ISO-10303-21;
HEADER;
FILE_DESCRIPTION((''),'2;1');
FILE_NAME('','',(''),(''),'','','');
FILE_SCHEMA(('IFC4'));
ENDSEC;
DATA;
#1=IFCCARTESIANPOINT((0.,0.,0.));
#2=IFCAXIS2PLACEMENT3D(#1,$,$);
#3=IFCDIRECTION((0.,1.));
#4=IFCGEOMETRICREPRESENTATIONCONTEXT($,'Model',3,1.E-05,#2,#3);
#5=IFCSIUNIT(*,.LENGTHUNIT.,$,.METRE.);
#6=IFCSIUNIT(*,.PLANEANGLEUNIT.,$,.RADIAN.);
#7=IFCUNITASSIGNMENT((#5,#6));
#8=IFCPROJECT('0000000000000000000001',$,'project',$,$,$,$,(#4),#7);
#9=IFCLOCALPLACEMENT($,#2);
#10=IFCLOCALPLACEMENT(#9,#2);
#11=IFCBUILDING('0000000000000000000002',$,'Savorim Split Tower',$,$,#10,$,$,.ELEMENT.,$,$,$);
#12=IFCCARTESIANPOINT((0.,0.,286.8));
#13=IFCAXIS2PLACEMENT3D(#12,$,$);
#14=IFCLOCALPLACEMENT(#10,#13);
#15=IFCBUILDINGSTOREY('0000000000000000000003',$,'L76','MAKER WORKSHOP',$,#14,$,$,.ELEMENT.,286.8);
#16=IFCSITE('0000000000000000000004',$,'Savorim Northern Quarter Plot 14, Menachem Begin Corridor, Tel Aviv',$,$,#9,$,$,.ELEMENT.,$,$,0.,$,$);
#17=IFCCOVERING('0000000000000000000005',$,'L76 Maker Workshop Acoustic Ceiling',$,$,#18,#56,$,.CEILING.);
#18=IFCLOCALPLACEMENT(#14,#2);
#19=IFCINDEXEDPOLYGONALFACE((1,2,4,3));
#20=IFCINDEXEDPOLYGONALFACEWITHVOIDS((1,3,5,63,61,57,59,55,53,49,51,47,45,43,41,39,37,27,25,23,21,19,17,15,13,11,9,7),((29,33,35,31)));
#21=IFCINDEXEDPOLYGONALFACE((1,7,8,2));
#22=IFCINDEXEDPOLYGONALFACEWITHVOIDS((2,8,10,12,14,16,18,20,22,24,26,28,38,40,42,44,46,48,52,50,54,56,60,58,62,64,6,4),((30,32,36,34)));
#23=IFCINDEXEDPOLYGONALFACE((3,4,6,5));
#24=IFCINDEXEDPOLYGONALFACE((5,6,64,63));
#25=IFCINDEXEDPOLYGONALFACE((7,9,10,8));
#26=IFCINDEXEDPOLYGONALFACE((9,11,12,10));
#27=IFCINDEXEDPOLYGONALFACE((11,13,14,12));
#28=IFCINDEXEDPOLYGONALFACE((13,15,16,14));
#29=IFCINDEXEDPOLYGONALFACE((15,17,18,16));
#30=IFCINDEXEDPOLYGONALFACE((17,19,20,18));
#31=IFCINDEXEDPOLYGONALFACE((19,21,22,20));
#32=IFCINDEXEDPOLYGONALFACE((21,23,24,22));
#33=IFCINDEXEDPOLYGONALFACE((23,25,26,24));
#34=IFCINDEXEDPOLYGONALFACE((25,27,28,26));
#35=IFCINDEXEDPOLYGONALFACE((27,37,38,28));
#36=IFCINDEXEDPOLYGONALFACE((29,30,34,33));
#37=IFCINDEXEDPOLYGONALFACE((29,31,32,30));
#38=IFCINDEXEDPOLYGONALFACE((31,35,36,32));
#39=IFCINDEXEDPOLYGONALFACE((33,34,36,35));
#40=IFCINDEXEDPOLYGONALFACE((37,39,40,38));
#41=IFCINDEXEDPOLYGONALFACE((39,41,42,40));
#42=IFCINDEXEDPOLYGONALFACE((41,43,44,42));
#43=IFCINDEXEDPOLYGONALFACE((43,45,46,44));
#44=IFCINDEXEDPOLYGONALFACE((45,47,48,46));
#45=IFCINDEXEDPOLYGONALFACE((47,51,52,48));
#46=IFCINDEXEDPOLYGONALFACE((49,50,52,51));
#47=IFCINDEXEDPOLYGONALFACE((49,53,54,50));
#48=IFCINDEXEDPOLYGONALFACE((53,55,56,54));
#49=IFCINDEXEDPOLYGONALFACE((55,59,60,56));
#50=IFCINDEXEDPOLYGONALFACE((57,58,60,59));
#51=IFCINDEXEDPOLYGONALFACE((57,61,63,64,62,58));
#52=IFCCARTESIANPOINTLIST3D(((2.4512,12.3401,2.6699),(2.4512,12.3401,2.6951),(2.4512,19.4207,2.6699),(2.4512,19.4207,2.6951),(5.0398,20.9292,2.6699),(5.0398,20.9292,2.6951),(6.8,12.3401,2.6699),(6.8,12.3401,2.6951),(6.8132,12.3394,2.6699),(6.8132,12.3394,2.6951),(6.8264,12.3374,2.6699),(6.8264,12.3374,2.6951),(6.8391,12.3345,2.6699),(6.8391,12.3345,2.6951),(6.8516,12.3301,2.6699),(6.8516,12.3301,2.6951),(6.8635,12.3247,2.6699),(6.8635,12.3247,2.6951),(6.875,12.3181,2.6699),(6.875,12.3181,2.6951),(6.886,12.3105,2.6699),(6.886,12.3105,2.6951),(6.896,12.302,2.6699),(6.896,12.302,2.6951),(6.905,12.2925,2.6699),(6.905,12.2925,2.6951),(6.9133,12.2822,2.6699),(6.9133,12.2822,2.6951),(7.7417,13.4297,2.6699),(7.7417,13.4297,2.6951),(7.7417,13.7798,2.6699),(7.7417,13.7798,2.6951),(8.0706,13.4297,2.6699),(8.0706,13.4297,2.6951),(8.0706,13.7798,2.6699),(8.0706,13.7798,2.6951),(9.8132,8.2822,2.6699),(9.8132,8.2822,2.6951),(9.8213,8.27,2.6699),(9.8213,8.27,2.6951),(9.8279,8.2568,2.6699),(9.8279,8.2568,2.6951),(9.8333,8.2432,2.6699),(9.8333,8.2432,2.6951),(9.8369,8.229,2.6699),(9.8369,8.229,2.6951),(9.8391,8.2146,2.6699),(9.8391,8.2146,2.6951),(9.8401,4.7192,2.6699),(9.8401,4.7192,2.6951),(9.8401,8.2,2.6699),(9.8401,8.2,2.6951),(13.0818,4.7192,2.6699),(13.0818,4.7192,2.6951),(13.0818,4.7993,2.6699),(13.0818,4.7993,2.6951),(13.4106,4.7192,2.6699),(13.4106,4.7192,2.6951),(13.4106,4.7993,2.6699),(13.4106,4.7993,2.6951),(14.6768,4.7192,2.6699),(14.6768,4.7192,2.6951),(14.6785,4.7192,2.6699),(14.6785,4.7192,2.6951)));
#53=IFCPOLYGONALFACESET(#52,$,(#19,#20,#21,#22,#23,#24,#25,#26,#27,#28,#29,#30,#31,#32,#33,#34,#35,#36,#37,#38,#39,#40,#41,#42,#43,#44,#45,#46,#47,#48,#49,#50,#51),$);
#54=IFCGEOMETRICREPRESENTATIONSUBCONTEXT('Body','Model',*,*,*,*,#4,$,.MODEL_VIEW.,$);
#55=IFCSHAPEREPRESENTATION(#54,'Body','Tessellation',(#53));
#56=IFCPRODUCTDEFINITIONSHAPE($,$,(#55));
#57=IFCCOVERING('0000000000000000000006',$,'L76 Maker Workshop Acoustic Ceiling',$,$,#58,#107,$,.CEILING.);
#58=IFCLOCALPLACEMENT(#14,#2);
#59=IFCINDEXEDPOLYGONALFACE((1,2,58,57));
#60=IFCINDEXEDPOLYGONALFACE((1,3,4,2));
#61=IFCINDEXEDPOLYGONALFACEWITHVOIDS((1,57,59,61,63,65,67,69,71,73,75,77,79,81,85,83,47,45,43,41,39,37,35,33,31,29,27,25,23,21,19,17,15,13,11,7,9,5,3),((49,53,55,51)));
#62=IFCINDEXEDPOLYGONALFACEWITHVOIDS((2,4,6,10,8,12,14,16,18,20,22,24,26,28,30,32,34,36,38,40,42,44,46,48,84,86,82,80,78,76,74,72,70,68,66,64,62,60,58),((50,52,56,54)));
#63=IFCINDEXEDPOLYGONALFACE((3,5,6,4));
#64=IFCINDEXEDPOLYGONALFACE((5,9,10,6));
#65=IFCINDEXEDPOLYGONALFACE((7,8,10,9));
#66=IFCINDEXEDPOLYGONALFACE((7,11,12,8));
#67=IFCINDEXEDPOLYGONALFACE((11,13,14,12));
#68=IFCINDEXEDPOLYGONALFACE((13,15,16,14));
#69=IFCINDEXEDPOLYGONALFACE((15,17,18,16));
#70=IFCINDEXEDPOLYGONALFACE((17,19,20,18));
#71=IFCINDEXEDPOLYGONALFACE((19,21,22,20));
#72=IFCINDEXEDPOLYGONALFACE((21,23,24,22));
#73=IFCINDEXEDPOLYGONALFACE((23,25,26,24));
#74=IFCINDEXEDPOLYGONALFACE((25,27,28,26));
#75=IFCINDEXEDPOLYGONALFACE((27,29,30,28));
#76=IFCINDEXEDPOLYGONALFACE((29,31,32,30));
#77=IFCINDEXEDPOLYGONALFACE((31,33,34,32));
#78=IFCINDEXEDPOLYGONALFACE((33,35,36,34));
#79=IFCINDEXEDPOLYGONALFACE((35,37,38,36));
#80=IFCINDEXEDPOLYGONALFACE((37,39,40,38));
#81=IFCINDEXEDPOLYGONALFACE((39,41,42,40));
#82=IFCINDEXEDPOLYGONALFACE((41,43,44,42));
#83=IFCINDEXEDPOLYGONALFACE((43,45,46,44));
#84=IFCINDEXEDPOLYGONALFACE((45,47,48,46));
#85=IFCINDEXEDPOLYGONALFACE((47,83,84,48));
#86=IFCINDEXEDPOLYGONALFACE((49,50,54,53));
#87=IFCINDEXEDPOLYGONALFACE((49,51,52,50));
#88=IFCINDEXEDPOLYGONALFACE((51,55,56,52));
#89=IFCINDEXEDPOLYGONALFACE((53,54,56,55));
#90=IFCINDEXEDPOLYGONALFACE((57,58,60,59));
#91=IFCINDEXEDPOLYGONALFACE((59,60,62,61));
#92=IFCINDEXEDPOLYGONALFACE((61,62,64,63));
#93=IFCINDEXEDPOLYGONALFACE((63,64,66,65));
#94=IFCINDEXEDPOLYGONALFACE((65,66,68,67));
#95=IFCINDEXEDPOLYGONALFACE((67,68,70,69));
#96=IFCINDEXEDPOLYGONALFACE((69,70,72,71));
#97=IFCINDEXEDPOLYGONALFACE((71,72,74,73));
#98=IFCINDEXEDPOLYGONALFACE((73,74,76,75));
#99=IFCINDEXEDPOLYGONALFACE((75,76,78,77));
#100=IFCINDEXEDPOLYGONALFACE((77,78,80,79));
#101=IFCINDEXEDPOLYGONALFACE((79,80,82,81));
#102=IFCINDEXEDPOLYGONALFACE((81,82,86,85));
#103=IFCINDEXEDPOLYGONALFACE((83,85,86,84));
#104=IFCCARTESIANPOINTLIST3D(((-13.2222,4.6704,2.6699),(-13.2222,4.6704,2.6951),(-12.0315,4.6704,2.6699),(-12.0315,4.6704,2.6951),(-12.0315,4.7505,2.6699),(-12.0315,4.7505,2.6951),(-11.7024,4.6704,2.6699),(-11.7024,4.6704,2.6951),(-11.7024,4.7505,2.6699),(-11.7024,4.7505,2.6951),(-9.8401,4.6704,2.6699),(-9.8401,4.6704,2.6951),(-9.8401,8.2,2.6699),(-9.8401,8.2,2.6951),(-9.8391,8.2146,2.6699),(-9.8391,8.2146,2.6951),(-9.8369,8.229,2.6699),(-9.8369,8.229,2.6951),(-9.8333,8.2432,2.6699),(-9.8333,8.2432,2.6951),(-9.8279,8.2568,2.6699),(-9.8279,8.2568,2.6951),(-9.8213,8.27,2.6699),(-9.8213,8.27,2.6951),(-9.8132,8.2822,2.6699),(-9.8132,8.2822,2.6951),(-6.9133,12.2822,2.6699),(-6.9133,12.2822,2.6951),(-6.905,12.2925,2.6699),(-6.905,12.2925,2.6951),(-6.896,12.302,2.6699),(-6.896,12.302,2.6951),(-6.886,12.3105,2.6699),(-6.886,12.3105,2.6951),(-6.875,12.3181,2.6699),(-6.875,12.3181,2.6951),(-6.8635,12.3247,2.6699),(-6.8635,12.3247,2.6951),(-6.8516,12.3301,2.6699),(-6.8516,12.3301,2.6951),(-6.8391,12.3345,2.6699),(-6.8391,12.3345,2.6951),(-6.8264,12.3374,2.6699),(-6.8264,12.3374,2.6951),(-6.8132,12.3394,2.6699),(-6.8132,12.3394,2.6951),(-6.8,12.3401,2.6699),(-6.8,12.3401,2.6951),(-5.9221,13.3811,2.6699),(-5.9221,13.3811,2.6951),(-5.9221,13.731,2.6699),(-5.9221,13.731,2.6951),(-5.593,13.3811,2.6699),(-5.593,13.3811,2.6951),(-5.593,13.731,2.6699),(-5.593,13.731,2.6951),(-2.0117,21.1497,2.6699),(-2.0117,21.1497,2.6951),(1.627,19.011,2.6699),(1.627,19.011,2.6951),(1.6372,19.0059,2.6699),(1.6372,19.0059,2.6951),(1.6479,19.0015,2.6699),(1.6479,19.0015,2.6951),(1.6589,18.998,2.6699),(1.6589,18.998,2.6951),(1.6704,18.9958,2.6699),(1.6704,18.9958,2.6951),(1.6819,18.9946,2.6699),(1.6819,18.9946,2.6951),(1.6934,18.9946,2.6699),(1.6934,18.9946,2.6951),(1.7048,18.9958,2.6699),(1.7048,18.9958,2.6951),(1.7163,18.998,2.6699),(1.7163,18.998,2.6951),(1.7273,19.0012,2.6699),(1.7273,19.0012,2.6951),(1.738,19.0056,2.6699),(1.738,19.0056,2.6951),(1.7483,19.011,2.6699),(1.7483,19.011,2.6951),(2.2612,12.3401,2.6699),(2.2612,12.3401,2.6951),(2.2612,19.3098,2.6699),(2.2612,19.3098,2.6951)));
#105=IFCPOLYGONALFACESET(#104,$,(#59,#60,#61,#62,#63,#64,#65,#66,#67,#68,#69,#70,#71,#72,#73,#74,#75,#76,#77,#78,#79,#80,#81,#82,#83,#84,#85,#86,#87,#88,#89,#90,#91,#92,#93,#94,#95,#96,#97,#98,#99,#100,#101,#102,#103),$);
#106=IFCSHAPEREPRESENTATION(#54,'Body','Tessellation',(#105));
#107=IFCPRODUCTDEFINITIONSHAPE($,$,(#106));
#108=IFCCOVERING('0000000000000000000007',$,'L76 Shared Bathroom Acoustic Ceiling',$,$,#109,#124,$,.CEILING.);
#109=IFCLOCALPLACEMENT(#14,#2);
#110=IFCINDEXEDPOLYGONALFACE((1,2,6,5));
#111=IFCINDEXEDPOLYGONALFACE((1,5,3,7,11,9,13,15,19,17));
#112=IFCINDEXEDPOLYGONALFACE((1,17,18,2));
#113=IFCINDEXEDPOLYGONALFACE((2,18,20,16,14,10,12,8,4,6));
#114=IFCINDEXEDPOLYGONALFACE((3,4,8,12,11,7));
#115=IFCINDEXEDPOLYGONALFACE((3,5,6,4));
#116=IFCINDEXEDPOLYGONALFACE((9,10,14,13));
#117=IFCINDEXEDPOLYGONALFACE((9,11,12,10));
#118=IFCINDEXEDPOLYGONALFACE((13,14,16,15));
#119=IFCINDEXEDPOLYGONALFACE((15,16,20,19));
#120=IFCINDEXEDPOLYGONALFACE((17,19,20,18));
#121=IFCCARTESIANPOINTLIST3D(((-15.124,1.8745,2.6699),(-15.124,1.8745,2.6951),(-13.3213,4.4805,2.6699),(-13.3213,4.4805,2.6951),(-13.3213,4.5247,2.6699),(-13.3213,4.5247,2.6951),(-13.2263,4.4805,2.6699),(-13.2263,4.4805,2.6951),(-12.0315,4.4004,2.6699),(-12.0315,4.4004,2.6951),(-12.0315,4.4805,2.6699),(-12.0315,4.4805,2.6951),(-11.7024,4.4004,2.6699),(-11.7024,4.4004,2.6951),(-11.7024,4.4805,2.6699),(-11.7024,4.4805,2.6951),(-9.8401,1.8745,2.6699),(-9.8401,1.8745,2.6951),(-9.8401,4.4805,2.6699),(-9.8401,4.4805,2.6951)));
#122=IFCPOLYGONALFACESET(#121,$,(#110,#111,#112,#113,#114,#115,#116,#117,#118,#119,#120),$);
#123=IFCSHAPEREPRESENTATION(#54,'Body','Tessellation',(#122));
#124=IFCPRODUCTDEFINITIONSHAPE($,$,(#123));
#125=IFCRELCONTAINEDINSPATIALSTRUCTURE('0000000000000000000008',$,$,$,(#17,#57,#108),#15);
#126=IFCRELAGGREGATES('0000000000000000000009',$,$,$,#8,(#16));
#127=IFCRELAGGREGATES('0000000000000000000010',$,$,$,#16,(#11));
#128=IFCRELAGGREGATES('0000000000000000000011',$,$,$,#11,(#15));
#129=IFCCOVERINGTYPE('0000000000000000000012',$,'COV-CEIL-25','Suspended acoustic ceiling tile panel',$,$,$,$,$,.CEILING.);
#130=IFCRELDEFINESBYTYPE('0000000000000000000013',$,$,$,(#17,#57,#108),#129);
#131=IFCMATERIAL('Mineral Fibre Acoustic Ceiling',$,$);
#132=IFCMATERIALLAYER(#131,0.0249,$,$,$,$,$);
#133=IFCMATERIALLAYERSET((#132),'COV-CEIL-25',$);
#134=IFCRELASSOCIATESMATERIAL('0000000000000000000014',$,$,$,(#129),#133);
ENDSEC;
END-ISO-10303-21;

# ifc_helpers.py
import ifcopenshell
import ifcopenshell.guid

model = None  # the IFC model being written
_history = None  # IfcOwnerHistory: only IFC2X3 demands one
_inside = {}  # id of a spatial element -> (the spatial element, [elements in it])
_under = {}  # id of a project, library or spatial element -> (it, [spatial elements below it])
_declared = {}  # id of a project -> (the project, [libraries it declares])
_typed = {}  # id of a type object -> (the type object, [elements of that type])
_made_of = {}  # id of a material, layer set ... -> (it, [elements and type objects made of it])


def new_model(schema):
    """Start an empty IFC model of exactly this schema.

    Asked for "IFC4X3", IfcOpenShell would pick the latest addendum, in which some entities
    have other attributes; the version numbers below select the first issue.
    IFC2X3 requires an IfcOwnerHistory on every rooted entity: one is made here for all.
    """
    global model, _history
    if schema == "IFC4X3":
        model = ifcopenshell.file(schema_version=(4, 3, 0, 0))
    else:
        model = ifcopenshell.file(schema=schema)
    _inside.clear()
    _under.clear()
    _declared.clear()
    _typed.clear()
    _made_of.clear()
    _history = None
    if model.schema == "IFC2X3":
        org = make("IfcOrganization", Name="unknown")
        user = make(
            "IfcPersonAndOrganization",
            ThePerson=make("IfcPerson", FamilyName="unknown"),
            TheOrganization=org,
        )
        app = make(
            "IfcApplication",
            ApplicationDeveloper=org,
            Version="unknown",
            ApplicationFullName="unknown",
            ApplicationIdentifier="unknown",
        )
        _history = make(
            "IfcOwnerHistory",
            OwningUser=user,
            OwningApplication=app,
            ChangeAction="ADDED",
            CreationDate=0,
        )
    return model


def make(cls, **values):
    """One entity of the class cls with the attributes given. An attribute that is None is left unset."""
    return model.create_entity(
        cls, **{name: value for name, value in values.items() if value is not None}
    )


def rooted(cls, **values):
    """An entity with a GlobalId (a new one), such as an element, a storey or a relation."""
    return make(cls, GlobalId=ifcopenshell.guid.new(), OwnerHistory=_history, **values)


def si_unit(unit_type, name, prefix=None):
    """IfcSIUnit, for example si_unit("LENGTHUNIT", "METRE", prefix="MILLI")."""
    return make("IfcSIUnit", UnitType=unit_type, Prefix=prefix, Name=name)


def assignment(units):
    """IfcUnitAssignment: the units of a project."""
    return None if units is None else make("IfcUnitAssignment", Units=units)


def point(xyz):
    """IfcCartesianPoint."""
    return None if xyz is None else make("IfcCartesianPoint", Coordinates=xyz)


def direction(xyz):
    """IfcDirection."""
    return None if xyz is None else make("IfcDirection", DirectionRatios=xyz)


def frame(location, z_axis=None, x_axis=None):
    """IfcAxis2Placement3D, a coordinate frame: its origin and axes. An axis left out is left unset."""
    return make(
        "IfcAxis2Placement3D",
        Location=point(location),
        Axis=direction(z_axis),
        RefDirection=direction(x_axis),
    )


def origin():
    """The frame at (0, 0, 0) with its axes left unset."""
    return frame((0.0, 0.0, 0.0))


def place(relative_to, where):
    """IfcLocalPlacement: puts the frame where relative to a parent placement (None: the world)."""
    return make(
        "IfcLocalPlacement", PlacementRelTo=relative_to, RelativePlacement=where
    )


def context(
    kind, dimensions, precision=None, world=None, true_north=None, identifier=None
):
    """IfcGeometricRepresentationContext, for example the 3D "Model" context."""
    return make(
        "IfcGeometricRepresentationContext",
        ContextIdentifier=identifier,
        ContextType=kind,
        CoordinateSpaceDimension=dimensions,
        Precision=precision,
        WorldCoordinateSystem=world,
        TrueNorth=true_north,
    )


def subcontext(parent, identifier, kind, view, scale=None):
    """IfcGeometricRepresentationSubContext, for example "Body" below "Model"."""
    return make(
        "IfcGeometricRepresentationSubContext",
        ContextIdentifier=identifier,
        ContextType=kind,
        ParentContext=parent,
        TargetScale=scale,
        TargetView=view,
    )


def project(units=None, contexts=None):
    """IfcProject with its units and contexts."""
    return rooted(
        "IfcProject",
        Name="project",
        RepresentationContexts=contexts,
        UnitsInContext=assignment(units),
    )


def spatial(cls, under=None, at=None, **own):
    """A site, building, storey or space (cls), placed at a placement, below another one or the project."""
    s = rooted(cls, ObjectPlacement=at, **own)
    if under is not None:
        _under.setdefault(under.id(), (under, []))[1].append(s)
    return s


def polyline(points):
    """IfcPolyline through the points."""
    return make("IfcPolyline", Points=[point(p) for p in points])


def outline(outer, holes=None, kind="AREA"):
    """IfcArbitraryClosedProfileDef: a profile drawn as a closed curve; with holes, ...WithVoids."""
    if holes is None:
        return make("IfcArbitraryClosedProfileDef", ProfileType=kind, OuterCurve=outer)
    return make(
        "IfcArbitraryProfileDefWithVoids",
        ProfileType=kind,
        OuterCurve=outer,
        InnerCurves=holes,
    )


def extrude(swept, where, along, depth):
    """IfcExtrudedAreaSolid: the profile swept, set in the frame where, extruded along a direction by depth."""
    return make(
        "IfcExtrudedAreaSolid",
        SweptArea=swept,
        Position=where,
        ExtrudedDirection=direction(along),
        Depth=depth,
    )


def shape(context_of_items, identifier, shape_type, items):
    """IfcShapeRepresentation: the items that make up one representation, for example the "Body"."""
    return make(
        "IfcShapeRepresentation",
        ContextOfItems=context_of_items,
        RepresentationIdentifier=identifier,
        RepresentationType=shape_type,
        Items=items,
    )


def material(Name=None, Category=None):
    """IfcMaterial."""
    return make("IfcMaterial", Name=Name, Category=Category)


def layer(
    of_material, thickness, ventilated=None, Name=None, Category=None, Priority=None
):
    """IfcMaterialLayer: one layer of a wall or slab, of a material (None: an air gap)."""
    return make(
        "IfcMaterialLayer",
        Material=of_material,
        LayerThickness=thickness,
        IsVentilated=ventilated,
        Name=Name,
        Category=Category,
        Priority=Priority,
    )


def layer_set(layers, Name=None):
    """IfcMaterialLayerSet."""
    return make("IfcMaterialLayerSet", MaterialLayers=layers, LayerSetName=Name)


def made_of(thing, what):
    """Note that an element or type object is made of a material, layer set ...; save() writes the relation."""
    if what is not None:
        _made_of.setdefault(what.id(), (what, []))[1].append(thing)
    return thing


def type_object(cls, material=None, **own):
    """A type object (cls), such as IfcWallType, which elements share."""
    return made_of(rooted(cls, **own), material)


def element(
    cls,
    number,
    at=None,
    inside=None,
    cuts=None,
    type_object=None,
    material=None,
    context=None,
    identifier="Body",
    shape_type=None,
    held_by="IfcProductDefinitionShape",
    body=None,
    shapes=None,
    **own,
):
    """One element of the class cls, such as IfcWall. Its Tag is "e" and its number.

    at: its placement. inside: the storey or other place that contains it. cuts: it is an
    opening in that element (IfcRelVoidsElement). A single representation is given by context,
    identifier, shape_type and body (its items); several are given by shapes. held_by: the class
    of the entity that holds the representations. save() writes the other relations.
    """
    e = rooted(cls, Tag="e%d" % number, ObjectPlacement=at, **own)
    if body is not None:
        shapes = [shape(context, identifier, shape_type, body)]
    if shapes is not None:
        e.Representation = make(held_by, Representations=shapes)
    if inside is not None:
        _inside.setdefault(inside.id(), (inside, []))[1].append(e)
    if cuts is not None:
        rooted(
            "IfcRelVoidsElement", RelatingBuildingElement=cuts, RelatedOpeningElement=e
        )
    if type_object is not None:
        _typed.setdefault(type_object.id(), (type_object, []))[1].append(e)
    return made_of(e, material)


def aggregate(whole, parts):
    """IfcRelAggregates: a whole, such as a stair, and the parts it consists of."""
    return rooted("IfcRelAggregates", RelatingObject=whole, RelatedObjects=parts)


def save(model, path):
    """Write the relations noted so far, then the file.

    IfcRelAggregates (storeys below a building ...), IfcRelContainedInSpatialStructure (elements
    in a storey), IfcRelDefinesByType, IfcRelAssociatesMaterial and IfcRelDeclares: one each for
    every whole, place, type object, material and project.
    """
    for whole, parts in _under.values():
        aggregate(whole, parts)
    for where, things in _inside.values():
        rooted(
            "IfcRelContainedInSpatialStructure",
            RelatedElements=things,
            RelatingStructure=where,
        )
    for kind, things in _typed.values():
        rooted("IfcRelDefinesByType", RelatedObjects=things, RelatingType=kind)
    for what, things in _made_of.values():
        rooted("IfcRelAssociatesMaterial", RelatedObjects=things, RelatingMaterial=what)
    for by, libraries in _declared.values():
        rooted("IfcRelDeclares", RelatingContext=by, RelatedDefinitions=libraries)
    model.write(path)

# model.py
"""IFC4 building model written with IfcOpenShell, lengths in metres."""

from ifc_helpers import new_model, si_unit, direction, frame, origin, place, context, subcontext, project, spatial, polyline, outline, extrude, material, layer, layer_set, type_object, element, save


model = new_model("IFC4")

# Units and contexts
model_context = context("Model", 3, precision=1e-05, world=origin(), true_north=direction((0.0, 1.0)))
body_context = subcontext(model_context, "Body", "Model", "MODEL_VIEW")
ifc_project = project(units=[si_unit("LENGTHUNIT", "METRE"), si_unit("PLANEANGLEUNIT", "RADIAN")], contexts=[model_context])

# Site, building, storey
site_placement = place(None, origin())
site = spatial("IfcSite", under=ifc_project, at=site_placement, Name="Savorim Northern Quarter Plot 14, Menachem Begin Corridor, Tel Aviv", CompositionType="ELEMENT", RefElevation=0.0)
building_placement = place(site_placement, origin())
building = spatial("IfcBuilding", under=site, at=building_placement, Name="Savorim Split Tower", CompositionType="ELEMENT")
storey_placement = place(building_placement, frame((0.0, 0.0, 286.8)))
storey = spatial("IfcBuildingStorey", under=building, at=storey_placement, Name="L76", Description="MAKER WORKSHOP", CompositionType="ELEMENT", Elevation=286.8)

# Coverings
ifc_material_1 = material(Name="Mineral Fibre Acoustic Ceiling")
ifc_layer_1 = layer(ifc_material_1, 0.0249)
ifc_layer_set_1 = layer_set([ifc_layer_1], Name="COV-CEIL-25")
covering_type_1 = type_object("IfcCoveringType", Name="COV-CEIL-25", Description="Suspended acoustic ceiling tile panel", PredefinedType="CEILING", material=ifc_layer_set_1)
covering_1_placement = place(storey_placement, frame((0.0, 0.0, 2.6699)))
element("IfcCovering", 1, at=covering_1_placement, inside=storey, type_object=covering_type_1, Name="L76 Maker Workshop Acoustic Ceiling", PredefinedType="CEILING", context=body_context, shape_type="SweptSolid", body=[
    extrude(outline(polyline([(14.6768, 4.7192), (14.6785, 4.7192), (5.0398, 20.9292), (2.4512, 19.4207), (2.4512, 12.3401), (6.8, 12.3401), (6.8132, 12.3394), (6.8264, 12.3374), (6.8391, 12.3345), (6.8516, 12.3301), (6.8635, 12.3247), (6.875, 12.3181), (6.886, 12.3105), (6.896, 12.302), (6.905, 12.2925), (6.9133, 12.2822), (9.8132, 8.2822), (9.8213, 8.27), (9.8279, 8.2568), (9.8333, 8.2432), (9.8369, 8.229), (9.8391, 8.2146), (9.8401, 8.2), (9.8401, 4.7192), (13.0818, 4.7192), (13.0818, 4.7993), (13.4106, 4.7993), (13.4106, 4.7192), (14.6768, 4.7192)]), holes=[polyline([(8.0706, 13.7798), (7.7417, 13.7798), (7.7417, 13.4297), (8.0706, 13.4297), (8.0706, 13.7798)])]), origin(), (0.0, 0.0, 1.0), 0.0251),
])
covering_2_placement = place(storey_placement, frame((0.0, 0.0, 2.6699)))
element("IfcCovering", 2, at=covering_2_placement, inside=storey, type_object=covering_type_1, Name="L76 Maker Workshop Acoustic Ceiling", PredefinedType="CEILING", context=body_context, shape_type="SweptSolid", body=[
    extrude(outline(polyline([(1.6479, 19.0015), (1.6372, 19.0059), (1.627, 19.011), (-2.0117, 21.1497), (-13.2222, 4.6704), (-12.0315, 4.6704), (-12.0315, 4.7505), (-11.7024, 4.7505), (-11.7024, 4.6704), (-9.8401, 4.6704), (-9.8401, 8.2), (-9.8391, 8.2146), (-9.8369, 8.229), (-9.8333, 8.2432), (-9.8279, 8.2568), (-9.8213, 8.27), (-9.8132, 8.2822), (-6.9133, 12.2822), (-6.905, 12.2925), (-6.896, 12.302), (-6.886, 12.3105), (-6.875, 12.3181), (-6.8635, 12.3247), (-6.8516, 12.3301), (-6.8391, 12.3345), (-6.8264, 12.3374), (-6.8132, 12.3394), (-6.8, 12.3401), (2.2612, 12.3401), (2.2612, 19.3098), (1.7483, 19.011), (1.738, 19.0056), (1.7273, 19.0012), (1.7163, 18.998), (1.7048, 18.9958), (1.6934, 18.9946), (1.6819, 18.9946), (1.6704, 18.9958), (1.6589, 18.998), (1.6479, 19.0015)]), holes=[polyline([(-5.593, 13.731), (-5.9221, 13.731), (-5.9221, 13.3811), (-5.593, 13.3811), (-5.593, 13.731)])]), origin(), (0.0, 0.0, 1.0), 0.0251),
])
covering_3_placement = place(storey_placement, frame((0.0, 0.0, 2.6699)))
element("IfcCovering", 3, at=covering_3_placement, inside=storey, type_object=covering_type_1, Name="L76 Shared Bathroom Acoustic Ceiling", PredefinedType="CEILING", context=body_context, shape_type="SweptSolid", body=[
    extrude(outline(polyline([(-12.0315, 4.4805), (-13.2263, 4.4805), (-13.3213, 4.4805), (-13.3213, 4.5247), (-15.124, 1.8745), (-9.8401, 1.8745), (-9.8401, 4.4805), (-11.7024, 4.4805), (-11.7024, 4.4004), (-12.0315, 4.4004), (-12.0315, 4.4805)])), origin(), (0.0, 0.0, 1.0), 0.0251),
])

save(model, "model.ifc")
